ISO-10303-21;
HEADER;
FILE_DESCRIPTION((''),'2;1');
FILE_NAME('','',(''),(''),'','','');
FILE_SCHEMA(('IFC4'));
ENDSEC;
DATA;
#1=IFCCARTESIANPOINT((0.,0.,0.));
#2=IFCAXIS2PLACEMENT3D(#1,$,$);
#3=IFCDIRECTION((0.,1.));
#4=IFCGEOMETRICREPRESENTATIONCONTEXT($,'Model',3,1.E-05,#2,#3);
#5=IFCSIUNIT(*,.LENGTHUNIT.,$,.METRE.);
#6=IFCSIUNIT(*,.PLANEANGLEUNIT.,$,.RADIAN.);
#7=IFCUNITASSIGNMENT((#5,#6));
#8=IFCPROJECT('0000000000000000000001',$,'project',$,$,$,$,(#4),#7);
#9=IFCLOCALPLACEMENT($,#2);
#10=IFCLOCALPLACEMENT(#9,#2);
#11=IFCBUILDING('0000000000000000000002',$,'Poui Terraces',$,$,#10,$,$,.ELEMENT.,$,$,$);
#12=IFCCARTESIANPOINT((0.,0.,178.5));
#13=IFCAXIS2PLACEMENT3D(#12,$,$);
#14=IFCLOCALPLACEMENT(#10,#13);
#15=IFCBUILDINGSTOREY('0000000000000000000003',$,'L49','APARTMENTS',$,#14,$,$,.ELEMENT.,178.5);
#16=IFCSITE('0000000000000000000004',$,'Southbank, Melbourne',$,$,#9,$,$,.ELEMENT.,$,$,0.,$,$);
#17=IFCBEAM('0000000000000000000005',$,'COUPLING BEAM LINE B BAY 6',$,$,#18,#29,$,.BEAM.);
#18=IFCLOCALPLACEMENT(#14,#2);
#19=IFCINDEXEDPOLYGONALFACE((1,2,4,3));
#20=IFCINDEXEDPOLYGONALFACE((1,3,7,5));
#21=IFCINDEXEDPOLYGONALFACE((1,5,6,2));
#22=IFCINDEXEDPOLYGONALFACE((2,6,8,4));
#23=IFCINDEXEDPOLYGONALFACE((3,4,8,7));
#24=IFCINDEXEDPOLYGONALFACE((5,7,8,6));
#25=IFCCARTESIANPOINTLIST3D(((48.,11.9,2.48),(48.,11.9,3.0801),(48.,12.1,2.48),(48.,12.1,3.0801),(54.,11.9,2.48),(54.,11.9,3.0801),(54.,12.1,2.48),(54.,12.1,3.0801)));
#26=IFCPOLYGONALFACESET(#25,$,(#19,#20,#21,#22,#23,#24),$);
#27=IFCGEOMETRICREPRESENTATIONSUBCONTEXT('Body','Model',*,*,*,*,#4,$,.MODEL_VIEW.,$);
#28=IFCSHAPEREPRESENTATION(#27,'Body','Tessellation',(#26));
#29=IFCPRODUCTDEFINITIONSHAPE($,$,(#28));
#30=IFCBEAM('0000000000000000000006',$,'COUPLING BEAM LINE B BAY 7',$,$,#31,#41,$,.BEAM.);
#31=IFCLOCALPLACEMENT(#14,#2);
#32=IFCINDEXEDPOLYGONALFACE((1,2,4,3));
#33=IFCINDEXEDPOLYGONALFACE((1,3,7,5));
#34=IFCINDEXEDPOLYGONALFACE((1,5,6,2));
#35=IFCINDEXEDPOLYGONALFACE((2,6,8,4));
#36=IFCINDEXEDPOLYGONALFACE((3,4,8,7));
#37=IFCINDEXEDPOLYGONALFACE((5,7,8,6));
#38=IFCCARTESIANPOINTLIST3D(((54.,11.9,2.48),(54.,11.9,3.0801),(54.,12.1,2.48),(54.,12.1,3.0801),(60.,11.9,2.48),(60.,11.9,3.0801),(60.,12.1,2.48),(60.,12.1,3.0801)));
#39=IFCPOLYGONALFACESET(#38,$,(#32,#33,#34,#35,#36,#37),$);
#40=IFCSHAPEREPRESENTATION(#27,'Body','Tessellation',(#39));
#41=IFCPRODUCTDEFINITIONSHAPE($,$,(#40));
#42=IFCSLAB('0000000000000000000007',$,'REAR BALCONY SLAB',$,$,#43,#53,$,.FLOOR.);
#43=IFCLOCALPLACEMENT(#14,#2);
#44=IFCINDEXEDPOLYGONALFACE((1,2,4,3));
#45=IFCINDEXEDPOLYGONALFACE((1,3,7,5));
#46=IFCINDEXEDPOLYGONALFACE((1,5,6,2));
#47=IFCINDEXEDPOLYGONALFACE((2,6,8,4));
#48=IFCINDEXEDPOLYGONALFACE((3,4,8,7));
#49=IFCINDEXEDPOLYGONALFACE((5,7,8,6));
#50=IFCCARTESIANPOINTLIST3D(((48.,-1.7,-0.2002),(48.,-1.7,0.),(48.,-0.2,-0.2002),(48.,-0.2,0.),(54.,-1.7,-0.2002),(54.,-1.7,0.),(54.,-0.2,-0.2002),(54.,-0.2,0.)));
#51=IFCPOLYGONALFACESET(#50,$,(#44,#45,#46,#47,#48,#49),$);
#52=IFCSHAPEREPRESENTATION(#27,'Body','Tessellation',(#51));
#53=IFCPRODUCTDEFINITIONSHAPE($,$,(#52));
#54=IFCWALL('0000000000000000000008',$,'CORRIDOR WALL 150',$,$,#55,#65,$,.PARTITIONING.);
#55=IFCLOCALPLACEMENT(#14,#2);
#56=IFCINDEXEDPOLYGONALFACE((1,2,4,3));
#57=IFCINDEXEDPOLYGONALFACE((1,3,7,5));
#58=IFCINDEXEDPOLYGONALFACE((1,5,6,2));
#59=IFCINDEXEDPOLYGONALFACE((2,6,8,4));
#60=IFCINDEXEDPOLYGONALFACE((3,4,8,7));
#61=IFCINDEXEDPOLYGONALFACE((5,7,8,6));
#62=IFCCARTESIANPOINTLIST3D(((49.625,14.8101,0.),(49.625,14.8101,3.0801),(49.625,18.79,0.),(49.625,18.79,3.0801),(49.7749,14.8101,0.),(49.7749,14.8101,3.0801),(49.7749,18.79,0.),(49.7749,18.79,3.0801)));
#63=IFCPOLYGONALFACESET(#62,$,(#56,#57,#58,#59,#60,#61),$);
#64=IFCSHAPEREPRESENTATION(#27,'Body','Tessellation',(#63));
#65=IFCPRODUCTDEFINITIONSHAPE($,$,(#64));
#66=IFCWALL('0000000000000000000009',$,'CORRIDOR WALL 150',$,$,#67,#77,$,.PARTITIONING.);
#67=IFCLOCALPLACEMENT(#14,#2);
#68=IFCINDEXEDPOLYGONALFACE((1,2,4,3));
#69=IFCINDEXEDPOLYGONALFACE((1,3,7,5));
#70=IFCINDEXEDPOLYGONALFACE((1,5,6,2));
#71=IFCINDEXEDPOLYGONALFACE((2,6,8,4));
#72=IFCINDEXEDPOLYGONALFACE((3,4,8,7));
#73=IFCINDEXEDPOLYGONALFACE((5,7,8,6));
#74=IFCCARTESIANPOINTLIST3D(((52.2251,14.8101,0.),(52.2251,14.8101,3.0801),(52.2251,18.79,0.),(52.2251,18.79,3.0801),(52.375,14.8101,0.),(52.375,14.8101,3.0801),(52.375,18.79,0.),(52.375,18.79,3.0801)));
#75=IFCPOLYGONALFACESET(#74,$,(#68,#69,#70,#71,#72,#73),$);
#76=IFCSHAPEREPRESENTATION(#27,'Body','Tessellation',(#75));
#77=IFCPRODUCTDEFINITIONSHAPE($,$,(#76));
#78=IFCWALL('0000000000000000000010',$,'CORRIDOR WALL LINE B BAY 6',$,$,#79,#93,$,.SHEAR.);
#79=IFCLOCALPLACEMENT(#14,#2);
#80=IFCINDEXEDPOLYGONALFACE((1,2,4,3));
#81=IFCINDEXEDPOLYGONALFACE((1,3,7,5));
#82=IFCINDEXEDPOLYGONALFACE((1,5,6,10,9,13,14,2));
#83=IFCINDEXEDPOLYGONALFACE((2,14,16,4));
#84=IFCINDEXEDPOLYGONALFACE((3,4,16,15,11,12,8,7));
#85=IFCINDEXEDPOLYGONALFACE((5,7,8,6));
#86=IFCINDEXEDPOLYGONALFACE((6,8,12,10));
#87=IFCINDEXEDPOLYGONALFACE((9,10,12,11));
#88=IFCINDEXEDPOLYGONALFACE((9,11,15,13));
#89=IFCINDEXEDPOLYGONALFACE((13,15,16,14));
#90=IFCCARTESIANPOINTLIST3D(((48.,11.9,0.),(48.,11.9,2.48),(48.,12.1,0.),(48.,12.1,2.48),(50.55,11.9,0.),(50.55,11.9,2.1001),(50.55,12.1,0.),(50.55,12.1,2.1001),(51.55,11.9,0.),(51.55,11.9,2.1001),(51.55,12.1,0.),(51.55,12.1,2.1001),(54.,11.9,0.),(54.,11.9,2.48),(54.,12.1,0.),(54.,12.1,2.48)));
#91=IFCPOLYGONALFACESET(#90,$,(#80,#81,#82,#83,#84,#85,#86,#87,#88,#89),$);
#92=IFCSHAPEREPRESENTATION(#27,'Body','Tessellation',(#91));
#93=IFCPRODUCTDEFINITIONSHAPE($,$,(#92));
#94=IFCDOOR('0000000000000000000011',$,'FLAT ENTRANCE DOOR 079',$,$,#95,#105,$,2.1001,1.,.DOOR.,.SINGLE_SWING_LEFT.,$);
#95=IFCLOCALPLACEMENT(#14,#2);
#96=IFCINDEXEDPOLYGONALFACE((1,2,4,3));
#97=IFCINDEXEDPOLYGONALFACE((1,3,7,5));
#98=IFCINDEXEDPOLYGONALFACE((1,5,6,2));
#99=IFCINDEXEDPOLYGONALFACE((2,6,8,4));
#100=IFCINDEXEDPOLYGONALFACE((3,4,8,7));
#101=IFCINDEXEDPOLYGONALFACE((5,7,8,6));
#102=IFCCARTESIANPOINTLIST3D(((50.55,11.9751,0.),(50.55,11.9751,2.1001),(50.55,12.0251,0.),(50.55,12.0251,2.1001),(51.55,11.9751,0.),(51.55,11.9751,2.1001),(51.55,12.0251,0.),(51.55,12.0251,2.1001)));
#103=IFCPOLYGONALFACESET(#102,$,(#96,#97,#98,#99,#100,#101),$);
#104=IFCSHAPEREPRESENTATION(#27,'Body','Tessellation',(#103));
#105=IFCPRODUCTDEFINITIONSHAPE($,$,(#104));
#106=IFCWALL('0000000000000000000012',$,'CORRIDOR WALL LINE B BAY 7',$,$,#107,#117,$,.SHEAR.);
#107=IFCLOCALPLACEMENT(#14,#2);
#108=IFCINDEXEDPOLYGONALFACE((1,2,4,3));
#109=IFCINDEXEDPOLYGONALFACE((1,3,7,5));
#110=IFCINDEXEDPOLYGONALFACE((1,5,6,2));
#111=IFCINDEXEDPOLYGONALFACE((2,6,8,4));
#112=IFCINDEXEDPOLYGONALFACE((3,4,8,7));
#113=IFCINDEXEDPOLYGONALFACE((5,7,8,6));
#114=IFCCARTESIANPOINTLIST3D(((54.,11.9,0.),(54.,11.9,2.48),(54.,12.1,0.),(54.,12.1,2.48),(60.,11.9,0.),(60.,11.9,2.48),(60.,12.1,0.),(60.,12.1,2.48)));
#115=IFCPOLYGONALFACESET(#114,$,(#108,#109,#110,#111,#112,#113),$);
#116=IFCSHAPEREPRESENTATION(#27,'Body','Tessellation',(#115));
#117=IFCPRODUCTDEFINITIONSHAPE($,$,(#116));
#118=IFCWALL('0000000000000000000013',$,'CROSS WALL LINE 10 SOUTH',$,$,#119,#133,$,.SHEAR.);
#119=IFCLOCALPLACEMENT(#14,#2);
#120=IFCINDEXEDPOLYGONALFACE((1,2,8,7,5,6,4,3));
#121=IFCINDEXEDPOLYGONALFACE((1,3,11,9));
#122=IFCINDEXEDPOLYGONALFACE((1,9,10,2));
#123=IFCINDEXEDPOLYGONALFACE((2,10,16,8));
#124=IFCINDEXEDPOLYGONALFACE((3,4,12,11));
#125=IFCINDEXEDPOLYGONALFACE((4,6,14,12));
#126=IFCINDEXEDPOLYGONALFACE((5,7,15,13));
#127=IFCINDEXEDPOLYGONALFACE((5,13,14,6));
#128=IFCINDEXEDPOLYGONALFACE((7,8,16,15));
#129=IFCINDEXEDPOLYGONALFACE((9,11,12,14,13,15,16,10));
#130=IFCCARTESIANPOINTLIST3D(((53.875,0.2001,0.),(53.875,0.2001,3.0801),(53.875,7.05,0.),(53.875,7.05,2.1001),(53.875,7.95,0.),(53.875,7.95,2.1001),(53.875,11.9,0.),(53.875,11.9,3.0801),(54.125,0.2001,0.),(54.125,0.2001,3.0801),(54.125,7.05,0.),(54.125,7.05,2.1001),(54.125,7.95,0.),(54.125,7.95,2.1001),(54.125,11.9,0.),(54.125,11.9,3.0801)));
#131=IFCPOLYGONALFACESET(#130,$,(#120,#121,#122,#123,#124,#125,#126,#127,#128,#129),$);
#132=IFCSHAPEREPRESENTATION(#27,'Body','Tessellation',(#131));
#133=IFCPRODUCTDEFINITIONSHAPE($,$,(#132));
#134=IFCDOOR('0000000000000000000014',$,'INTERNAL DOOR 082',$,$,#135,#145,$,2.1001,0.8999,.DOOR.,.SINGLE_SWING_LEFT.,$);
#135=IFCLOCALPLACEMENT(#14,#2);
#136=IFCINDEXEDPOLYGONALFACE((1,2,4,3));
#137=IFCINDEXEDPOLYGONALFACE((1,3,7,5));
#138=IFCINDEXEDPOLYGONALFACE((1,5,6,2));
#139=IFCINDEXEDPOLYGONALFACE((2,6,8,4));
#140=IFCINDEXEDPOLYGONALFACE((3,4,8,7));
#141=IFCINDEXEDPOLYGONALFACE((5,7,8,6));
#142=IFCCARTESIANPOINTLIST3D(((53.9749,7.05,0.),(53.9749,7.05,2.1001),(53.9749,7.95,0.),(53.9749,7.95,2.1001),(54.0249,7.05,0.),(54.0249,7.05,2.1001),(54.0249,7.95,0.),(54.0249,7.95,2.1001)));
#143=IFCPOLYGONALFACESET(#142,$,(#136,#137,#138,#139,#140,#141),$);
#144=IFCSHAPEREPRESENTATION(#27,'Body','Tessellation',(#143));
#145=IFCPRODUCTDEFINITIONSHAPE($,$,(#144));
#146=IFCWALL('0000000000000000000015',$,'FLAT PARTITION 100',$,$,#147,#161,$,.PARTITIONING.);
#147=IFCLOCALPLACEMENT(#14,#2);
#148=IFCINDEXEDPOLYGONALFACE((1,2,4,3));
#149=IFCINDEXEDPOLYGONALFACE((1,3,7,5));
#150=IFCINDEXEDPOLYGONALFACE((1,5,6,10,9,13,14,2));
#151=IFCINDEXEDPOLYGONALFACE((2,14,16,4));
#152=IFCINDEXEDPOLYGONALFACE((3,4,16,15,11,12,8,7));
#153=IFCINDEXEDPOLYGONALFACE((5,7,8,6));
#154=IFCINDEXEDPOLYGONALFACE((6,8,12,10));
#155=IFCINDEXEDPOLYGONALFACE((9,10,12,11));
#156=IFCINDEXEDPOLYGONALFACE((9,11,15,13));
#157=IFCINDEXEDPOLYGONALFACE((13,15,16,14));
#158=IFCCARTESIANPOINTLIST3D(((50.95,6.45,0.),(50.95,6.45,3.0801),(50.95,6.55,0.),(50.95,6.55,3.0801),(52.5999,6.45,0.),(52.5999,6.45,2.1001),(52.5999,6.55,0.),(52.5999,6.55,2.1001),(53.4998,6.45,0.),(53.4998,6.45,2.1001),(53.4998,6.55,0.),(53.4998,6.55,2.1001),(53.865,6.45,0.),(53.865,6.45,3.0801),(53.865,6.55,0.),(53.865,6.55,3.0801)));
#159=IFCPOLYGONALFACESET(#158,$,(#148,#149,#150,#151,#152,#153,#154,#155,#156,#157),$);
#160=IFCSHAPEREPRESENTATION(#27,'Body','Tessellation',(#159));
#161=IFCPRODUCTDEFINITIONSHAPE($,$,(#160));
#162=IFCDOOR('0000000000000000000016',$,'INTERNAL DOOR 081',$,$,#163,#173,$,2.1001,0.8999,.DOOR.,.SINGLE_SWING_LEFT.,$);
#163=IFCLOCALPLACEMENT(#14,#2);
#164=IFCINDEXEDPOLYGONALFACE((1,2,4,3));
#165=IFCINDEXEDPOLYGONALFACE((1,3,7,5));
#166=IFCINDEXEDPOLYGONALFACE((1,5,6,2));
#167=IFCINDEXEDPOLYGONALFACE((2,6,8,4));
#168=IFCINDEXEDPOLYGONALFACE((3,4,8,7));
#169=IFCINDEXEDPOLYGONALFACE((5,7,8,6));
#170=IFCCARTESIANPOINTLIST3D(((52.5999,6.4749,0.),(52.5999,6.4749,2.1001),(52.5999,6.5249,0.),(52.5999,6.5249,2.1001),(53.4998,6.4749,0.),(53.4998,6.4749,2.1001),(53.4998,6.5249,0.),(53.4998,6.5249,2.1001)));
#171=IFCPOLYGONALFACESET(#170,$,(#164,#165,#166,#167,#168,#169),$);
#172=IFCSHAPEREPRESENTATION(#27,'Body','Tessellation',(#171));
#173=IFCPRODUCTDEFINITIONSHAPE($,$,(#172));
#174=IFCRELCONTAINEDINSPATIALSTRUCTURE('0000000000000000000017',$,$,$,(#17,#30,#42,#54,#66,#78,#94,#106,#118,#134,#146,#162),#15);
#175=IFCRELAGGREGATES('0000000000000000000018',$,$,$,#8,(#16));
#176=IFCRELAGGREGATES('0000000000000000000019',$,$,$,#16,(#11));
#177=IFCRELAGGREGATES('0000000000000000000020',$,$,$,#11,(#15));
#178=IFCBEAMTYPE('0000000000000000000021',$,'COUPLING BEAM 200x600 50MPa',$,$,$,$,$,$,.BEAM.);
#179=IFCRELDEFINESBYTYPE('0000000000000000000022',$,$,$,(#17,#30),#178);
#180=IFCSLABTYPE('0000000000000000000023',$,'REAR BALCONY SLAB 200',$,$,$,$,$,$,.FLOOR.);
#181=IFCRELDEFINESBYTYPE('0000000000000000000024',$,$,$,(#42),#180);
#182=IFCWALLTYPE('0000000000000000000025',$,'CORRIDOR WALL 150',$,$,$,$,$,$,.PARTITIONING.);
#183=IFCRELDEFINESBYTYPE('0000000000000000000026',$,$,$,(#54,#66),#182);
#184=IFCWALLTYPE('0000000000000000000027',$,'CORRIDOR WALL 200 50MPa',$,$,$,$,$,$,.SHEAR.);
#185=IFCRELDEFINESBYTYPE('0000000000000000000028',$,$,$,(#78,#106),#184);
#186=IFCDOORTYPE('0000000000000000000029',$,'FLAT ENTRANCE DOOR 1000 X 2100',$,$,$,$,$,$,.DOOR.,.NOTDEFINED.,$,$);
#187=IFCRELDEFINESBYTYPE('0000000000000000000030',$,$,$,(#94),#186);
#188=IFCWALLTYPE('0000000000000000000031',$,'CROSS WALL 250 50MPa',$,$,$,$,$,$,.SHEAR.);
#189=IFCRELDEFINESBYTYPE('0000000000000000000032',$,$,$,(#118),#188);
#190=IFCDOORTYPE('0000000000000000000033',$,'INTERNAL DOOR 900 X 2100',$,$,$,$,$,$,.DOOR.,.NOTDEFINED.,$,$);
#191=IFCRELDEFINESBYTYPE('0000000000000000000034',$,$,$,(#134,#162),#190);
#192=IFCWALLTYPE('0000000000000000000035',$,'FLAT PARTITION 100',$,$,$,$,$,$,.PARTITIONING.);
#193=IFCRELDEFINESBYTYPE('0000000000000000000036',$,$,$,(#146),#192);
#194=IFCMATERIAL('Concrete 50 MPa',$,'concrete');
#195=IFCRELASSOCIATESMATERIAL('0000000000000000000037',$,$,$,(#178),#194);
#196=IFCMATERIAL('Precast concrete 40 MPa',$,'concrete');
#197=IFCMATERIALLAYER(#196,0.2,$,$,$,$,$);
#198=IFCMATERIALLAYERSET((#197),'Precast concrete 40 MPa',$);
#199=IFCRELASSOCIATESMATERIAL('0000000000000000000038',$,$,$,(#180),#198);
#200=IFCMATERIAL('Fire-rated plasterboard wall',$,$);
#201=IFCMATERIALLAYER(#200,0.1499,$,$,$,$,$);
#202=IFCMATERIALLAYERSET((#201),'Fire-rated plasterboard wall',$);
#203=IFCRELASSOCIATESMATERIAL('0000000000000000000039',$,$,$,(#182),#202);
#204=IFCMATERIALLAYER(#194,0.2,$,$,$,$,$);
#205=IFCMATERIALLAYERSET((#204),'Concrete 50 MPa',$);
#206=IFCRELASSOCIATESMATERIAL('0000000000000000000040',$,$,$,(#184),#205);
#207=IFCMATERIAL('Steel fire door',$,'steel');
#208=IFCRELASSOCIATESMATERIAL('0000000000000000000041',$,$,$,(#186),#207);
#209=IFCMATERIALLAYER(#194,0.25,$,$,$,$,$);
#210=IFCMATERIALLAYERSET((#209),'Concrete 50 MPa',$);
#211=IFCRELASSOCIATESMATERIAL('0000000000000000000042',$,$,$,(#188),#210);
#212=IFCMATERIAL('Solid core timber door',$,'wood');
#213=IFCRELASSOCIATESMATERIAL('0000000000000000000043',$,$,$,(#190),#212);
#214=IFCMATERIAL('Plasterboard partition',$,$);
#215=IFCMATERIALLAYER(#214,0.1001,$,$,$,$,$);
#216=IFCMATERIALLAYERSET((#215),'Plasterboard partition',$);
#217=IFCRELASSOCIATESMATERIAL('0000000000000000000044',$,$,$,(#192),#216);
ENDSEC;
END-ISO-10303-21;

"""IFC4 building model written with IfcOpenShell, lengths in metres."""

from ifc_helpers import new_model, si_unit, direction, frame, frame_2d, origin, origin_2d, place, context, subcontext, project, spatial, polyline, rectangle, outline, extrude, source, transform, mapped, material, layer, layer_set, material_profile, profile_set, type_object, element, fill, save


model = new_model("IFC4")

# Units and contexts
model_context = context("Model", 3, precision=1e-05, world=origin(), true_north=direction((0.0, 1.0)))
body_context = subcontext(model_context, "Body", "Model", "MODEL_VIEW")
ifc_project = project(units=[si_unit("LENGTHUNIT", "METRE"), si_unit("PLANEANGLEUNIT", "RADIAN")], contexts=[model_context])

# Site, building, storey
site_placement = place(None, origin())
site = spatial("IfcSite", under=ifc_project, at=site_placement, Name="Southbank, Melbourne", CompositionType="ELEMENT", RefElevation=0.0)
building_placement = place(site_placement, origin())
building = spatial("IfcBuilding", under=site, at=building_placement, Name="Poui Terraces", CompositionType="ELEMENT")
storey_placement = place(building_placement, frame((0.0, 0.0, 178.5)))
storey = spatial("IfcBuildingStorey", under=building, at=storey_placement, Name="L49", Description="APARTMENTS", CompositionType="ELEMENT", Elevation=178.5)

# Beams
ifc_material_1 = material(Name="Concrete 50 MPa", Category="concrete")
ifc_material_profile_1 = material_profile(ifc_material_1, rectangle(XDim=0.2, YDim=0.6001, at=origin_2d()), Name="RC 200x600")
ifc_profile_set_1 = profile_set([ifc_material_profile_1], Name="Concrete 50 MPa")
beam_type = type_object("IfcBeamType", Name="COUPLING BEAM 200x600 50MPa", PredefinedType="BEAM", material=ifc_profile_set_1)
shared_shape_1 = source(origin(), body_context, "Body", "SweptSolid", [
    extrude(rectangle(XDim=0.2, YDim=0.6001, at=origin_2d()), origin(), (0.0, 0.0, 1.0), 6.0),
])
for number, where, z_axis, x_axis, name in (
    (1, (48.0, 12.0, 2.78), (1.0, 0.0, 0.0), (0.0, 1.0, 0.0), "COUPLING BEAM LINE B BAY 6"),
    (2, (54.0, 12.0, 2.78), (1.0, 0.0, 0.0), (0.0, 1.0, 0.0), "COUPLING BEAM LINE B BAY 7"),
):
    element("IfcBeam", number, at=place(storey_placement, frame(where, z_axis=z_axis, x_axis=x_axis)), inside=storey, type_object=beam_type, Name=name, PredefinedType="BEAM", context=body_context, shape_type="MappedRepresentation", body=[
        mapped(shared_shape_1, transform((0.0, 0.0, 0.0))),
    ])

# Slab
ifc_material_2 = material(Name="Precast concrete 40 MPa", Category="concrete")
ifc_layer_1 = layer(ifc_material_2, 0.2)
ifc_layer_set_1 = layer_set([ifc_layer_1], Name="Precast concrete 40 MPa")
slab_type = type_object("IfcSlabType", Name="REAR BALCONY SLAB 200", PredefinedType="FLOOR", material=ifc_layer_set_1)
shared_shape_2 = source(origin(), body_context, "Body", "SweptSolid", [
    extrude(outline(polyline([(0.0, 0.0), (6.0, 0.0), (6.0, 1.5), (0.0, 1.5), (0.0, 0.0)])), origin(), (0.0, 0.0, 1.0), 0.2002),
])
slab_placement = place(storey_placement, frame((48.0, -1.7, -0.2002)))
element("IfcSlab", 3, at=slab_placement, inside=storey, type_object=slab_type, Name="REAR BALCONY SLAB", PredefinedType="FLOOR", context=body_context, shape_type="MappedRepresentation", body=[
    mapped(shared_shape_2, transform((0.0, 0.0, 0.0))),
])

# Walls
ifc_material_3 = material(Name="Fire-rated plasterboard wall")
ifc_layer_2 = layer(ifc_material_3, 0.1499)
ifc_layer_set_2 = layer_set([ifc_layer_2], Name="Fire-rated plasterboard wall")
wall_type_1 = type_object("IfcWallType", Name="CORRIDOR WALL 150", PredefinedType="PARTITIONING", material=ifc_layer_set_2)
for number, where, z_axis, x_axis, name in (
    (4, (49.7, 14.8101, 0.0), (0.0, 0.0, 1.0), (0.0, 1.0, 0.0), "CORRIDOR WALL 150"),
    (5, (52.3, 14.8101, 0.0), (0.0, 0.0, 1.0), (0.0, 1.0, 0.0), "CORRIDOR WALL 150"),
):
    element("IfcWall", number, at=place(storey_placement, frame(where, z_axis=z_axis, x_axis=x_axis)), inside=storey, type_object=wall_type_1, Name=name, PredefinedType="PARTITIONING", context=body_context, shape_type="SweptSolid", body=[
        extrude(rectangle(XDim=3.98, YDim=0.1499, at=frame_2d((1.99, 0.0))), origin(), (0.0, 0.0, 1.0), 3.0801),
    ])

# Wall, opening, door
ifc_layer_3 = layer(ifc_material_1, 0.2)
ifc_layer_set_3 = layer_set([ifc_layer_3], Name="Concrete 50 MPa")
wall_type_2 = type_object("IfcWallType", Name="CORRIDOR WALL 200 50MPa", PredefinedType="SHEAR", material=ifc_layer_set_3)
wall_1_placement = place(storey_placement, frame((48.0, 12.0, 0.0), z_axis=(0.0, 0.0, 1.0), x_axis=(1.0, 0.0, 0.0)))
wall_1 = element("IfcWall", 6, at=wall_1_placement, inside=storey, type_object=wall_type_2, Name="CORRIDOR WALL LINE B BAY 6", PredefinedType="SHEAR", context=body_context, shape_type="SweptSolid", body=[
    extrude(rectangle(XDim=6.0, YDim=0.2, at=frame_2d((3.0, 0.0))), origin(), (0.0, 0.0, 1.0), 2.48),
])
opening_1_placement = place(wall_1_placement, frame((2.55, 0.0, 0.0)))
opening_1 = element("IfcOpeningElement", 7, at=opening_1_placement, cuts=wall_1, PredefinedType="OPENING", context=body_context, shape_type="SweptSolid", body=[
    extrude(rectangle(XDim=1.0, YDim=2.1001, at=frame_2d((0.5, 1.05))), frame((0.0, 0.1099, 0.0), z_axis=(0.0, -1.0, 0.0), x_axis=(1.0, 0.0, 0.0)), (0.0, 0.0, 1.0), 0.22),
])
ifc_material_4 = material(Name="Steel fire door", Category="steel")
door_type_1 = type_object("IfcDoorType", Name="FLAT ENTRANCE DOOR 1000 X 2100", OperationType="NOTDEFINED", PredefinedType="DOOR", material=ifc_material_4)
door_1_placement = place(opening_1_placement, frame((1.0, 0.0, 0.0), z_axis=(0.0, 0.0, 1.0), x_axis=(-1.0, 0.0, 0.0)))
door_1 = element("IfcDoor", 8, at=door_1_placement, inside=storey, type_object=door_type_1, Name="FLAT ENTRANCE DOOR 079", OperationType="SINGLE_SWING_LEFT", OverallHeight=2.1001, OverallWidth=1.0, PredefinedType="DOOR", context=body_context, shape_type="SweptSolid", body=[
    extrude(rectangle(XDim=1.0, YDim=2.1001, at=frame_2d((0.5, 1.05))), frame((0.0, 0.0249, 0.0), z_axis=(0.0, -1.0, 0.0), x_axis=(1.0, 0.0, 0.0)), (0.0, 0.0, 1.0), 0.05),
])
fill(opening_1, door_1)

# Wall
wall_2_placement = place(storey_placement, frame((54.0, 12.0, 0.0), z_axis=(0.0, 0.0, 1.0), x_axis=(1.0, 0.0, 0.0)))
element("IfcWall", 9, at=wall_2_placement, inside=storey, type_object=wall_type_2, Name="CORRIDOR WALL LINE B BAY 7", PredefinedType="SHEAR", context=body_context, shape_type="SweptSolid", body=[
    extrude(rectangle(XDim=6.0, YDim=0.2, at=frame_2d((3.0, 0.0))), origin(), (0.0, 0.0, 1.0), 2.48),
])

# Walls, openings, doors
ifc_layer_4 = layer(ifc_material_1, 0.25)
ifc_layer_set_4 = layer_set([ifc_layer_4], Name="Concrete 50 MPa")
wall_type_3 = type_object("IfcWallType", Name="CROSS WALL 250 50MPa", PredefinedType="SHEAR", material=ifc_layer_set_4)
wall_3_placement = place(storey_placement, frame((54.0, 0.2, 0.0), z_axis=(0.0, 0.0, 1.0), x_axis=(0.0, 1.0, 0.0)))
wall_3 = element("IfcWall", 10, at=wall_3_placement, inside=storey, type_object=wall_type_3, Name="CROSS WALL LINE 10 SOUTH", PredefinedType="SHEAR", context=body_context, shape_type="SweptSolid", body=[
    extrude(rectangle(XDim=11.7, YDim=0.25, at=frame_2d((5.8501, 0.0))), origin(), (0.0, 0.0, 1.0), 3.0801),
])
opening_2_placement = place(wall_3_placement, frame((6.8501, 0.0, 0.0)))
opening_2 = element("IfcOpeningElement", 11, at=opening_2_placement, cuts=wall_3, PredefinedType="OPENING", context=body_context, shape_type="SweptSolid", body=[
    extrude(rectangle(XDim=0.8999, YDim=2.1001, at=frame_2d((0.45, 1.05))), frame((0.0, 0.135, 0.0), z_axis=(0.0, -1.0, 0.0), x_axis=(1.0, 0.0, 0.0)), (0.0, 0.0, 1.0), 0.27),
])
ifc_material_5 = material(Name="Solid core timber door", Category="wood")
door_type_2 = type_object("IfcDoorType", Name="INTERNAL DOOR 900 X 2100", OperationType="NOTDEFINED", PredefinedType="DOOR", material=ifc_material_5)
door_2_placement = place(opening_2_placement, frame((0.8999, 0.0, 0.0), z_axis=(0.0, 0.0, 1.0), x_axis=(-1.0, 0.0, 0.0)))
door_2 = element("IfcDoor", 12, at=door_2_placement, inside=storey, type_object=door_type_2, Name="INTERNAL DOOR 082", OperationType="SINGLE_SWING_LEFT", OverallHeight=2.1001, OverallWidth=0.8999, PredefinedType="DOOR", context=body_context, shape_type="SweptSolid", body=[
    extrude(rectangle(XDim=0.8999, YDim=2.1001, at=frame_2d((0.45, 1.05))), frame((0.0, 0.0249, 0.0), z_axis=(0.0, -1.0, 0.0), x_axis=(1.0, 0.0, 0.0)), (0.0, 0.0, 1.0), 0.05),
])
fill(opening_2, door_2)
ifc_material_6 = material(Name="Plasterboard partition")
ifc_layer_5 = layer(ifc_material_6, 0.1001)
ifc_layer_set_5 = layer_set([ifc_layer_5], Name="Plasterboard partition")
wall_type_4 = type_object("IfcWallType", Name="FLAT PARTITION 100", PredefinedType="PARTITIONING", material=ifc_layer_set_5)
wall_4_placement = place(storey_placement, frame((50.95, 6.5, 0.0), z_axis=(0.0, 0.0, 1.0), x_axis=(1.0, 0.0, 0.0)))
wall_4 = element("IfcWall", 13, at=wall_4_placement, inside=storey, type_object=wall_type_4, Name="FLAT PARTITION 100", PredefinedType="PARTITIONING", context=body_context, shape_type="SweptSolid", body=[
    extrude(rectangle(XDim=2.915, YDim=0.1001, at=frame_2d((1.4575, 0.0))), origin(), (0.0, 0.0, 1.0), 3.0801),
])
opening_3_placement = place(wall_4_placement, frame((1.6499, 0.0, 0.0)))
opening_3 = element("IfcOpeningElement", 14, at=opening_3_placement, cuts=wall_4, PredefinedType="OPENING", context=body_context, shape_type="SweptSolid", body=[
    extrude(rectangle(XDim=0.8999, YDim=2.1001, at=frame_2d((0.45, 1.05))), frame((0.0, 0.0601, 0.0), z_axis=(0.0, -1.0, 0.0), x_axis=(1.0, 0.0, 0.0)), (0.0, 0.0, 1.0), 0.1201),
])
door_3_placement = place(opening_3_placement, origin())
door_3 = element("IfcDoor", 15, at=door_3_placement, inside=storey, type_object=door_type_2, Name="INTERNAL DOOR 081", OperationType="SINGLE_SWING_LEFT", OverallHeight=2.1001, OverallWidth=0.8999, PredefinedType="DOOR", context=body_context, shape_type="SweptSolid", body=[
    extrude(rectangle(XDim=0.8999, YDim=2.1001, at=frame_2d((0.45, 1.05))), frame((0.0, 0.0249, 0.0), z_axis=(0.0, -1.0, 0.0), x_axis=(1.0, 0.0, 0.0)), (0.0, 0.0, 1.0), 0.05),
])
fill(opening_3, door_3)

save(model, "model.ifc")
